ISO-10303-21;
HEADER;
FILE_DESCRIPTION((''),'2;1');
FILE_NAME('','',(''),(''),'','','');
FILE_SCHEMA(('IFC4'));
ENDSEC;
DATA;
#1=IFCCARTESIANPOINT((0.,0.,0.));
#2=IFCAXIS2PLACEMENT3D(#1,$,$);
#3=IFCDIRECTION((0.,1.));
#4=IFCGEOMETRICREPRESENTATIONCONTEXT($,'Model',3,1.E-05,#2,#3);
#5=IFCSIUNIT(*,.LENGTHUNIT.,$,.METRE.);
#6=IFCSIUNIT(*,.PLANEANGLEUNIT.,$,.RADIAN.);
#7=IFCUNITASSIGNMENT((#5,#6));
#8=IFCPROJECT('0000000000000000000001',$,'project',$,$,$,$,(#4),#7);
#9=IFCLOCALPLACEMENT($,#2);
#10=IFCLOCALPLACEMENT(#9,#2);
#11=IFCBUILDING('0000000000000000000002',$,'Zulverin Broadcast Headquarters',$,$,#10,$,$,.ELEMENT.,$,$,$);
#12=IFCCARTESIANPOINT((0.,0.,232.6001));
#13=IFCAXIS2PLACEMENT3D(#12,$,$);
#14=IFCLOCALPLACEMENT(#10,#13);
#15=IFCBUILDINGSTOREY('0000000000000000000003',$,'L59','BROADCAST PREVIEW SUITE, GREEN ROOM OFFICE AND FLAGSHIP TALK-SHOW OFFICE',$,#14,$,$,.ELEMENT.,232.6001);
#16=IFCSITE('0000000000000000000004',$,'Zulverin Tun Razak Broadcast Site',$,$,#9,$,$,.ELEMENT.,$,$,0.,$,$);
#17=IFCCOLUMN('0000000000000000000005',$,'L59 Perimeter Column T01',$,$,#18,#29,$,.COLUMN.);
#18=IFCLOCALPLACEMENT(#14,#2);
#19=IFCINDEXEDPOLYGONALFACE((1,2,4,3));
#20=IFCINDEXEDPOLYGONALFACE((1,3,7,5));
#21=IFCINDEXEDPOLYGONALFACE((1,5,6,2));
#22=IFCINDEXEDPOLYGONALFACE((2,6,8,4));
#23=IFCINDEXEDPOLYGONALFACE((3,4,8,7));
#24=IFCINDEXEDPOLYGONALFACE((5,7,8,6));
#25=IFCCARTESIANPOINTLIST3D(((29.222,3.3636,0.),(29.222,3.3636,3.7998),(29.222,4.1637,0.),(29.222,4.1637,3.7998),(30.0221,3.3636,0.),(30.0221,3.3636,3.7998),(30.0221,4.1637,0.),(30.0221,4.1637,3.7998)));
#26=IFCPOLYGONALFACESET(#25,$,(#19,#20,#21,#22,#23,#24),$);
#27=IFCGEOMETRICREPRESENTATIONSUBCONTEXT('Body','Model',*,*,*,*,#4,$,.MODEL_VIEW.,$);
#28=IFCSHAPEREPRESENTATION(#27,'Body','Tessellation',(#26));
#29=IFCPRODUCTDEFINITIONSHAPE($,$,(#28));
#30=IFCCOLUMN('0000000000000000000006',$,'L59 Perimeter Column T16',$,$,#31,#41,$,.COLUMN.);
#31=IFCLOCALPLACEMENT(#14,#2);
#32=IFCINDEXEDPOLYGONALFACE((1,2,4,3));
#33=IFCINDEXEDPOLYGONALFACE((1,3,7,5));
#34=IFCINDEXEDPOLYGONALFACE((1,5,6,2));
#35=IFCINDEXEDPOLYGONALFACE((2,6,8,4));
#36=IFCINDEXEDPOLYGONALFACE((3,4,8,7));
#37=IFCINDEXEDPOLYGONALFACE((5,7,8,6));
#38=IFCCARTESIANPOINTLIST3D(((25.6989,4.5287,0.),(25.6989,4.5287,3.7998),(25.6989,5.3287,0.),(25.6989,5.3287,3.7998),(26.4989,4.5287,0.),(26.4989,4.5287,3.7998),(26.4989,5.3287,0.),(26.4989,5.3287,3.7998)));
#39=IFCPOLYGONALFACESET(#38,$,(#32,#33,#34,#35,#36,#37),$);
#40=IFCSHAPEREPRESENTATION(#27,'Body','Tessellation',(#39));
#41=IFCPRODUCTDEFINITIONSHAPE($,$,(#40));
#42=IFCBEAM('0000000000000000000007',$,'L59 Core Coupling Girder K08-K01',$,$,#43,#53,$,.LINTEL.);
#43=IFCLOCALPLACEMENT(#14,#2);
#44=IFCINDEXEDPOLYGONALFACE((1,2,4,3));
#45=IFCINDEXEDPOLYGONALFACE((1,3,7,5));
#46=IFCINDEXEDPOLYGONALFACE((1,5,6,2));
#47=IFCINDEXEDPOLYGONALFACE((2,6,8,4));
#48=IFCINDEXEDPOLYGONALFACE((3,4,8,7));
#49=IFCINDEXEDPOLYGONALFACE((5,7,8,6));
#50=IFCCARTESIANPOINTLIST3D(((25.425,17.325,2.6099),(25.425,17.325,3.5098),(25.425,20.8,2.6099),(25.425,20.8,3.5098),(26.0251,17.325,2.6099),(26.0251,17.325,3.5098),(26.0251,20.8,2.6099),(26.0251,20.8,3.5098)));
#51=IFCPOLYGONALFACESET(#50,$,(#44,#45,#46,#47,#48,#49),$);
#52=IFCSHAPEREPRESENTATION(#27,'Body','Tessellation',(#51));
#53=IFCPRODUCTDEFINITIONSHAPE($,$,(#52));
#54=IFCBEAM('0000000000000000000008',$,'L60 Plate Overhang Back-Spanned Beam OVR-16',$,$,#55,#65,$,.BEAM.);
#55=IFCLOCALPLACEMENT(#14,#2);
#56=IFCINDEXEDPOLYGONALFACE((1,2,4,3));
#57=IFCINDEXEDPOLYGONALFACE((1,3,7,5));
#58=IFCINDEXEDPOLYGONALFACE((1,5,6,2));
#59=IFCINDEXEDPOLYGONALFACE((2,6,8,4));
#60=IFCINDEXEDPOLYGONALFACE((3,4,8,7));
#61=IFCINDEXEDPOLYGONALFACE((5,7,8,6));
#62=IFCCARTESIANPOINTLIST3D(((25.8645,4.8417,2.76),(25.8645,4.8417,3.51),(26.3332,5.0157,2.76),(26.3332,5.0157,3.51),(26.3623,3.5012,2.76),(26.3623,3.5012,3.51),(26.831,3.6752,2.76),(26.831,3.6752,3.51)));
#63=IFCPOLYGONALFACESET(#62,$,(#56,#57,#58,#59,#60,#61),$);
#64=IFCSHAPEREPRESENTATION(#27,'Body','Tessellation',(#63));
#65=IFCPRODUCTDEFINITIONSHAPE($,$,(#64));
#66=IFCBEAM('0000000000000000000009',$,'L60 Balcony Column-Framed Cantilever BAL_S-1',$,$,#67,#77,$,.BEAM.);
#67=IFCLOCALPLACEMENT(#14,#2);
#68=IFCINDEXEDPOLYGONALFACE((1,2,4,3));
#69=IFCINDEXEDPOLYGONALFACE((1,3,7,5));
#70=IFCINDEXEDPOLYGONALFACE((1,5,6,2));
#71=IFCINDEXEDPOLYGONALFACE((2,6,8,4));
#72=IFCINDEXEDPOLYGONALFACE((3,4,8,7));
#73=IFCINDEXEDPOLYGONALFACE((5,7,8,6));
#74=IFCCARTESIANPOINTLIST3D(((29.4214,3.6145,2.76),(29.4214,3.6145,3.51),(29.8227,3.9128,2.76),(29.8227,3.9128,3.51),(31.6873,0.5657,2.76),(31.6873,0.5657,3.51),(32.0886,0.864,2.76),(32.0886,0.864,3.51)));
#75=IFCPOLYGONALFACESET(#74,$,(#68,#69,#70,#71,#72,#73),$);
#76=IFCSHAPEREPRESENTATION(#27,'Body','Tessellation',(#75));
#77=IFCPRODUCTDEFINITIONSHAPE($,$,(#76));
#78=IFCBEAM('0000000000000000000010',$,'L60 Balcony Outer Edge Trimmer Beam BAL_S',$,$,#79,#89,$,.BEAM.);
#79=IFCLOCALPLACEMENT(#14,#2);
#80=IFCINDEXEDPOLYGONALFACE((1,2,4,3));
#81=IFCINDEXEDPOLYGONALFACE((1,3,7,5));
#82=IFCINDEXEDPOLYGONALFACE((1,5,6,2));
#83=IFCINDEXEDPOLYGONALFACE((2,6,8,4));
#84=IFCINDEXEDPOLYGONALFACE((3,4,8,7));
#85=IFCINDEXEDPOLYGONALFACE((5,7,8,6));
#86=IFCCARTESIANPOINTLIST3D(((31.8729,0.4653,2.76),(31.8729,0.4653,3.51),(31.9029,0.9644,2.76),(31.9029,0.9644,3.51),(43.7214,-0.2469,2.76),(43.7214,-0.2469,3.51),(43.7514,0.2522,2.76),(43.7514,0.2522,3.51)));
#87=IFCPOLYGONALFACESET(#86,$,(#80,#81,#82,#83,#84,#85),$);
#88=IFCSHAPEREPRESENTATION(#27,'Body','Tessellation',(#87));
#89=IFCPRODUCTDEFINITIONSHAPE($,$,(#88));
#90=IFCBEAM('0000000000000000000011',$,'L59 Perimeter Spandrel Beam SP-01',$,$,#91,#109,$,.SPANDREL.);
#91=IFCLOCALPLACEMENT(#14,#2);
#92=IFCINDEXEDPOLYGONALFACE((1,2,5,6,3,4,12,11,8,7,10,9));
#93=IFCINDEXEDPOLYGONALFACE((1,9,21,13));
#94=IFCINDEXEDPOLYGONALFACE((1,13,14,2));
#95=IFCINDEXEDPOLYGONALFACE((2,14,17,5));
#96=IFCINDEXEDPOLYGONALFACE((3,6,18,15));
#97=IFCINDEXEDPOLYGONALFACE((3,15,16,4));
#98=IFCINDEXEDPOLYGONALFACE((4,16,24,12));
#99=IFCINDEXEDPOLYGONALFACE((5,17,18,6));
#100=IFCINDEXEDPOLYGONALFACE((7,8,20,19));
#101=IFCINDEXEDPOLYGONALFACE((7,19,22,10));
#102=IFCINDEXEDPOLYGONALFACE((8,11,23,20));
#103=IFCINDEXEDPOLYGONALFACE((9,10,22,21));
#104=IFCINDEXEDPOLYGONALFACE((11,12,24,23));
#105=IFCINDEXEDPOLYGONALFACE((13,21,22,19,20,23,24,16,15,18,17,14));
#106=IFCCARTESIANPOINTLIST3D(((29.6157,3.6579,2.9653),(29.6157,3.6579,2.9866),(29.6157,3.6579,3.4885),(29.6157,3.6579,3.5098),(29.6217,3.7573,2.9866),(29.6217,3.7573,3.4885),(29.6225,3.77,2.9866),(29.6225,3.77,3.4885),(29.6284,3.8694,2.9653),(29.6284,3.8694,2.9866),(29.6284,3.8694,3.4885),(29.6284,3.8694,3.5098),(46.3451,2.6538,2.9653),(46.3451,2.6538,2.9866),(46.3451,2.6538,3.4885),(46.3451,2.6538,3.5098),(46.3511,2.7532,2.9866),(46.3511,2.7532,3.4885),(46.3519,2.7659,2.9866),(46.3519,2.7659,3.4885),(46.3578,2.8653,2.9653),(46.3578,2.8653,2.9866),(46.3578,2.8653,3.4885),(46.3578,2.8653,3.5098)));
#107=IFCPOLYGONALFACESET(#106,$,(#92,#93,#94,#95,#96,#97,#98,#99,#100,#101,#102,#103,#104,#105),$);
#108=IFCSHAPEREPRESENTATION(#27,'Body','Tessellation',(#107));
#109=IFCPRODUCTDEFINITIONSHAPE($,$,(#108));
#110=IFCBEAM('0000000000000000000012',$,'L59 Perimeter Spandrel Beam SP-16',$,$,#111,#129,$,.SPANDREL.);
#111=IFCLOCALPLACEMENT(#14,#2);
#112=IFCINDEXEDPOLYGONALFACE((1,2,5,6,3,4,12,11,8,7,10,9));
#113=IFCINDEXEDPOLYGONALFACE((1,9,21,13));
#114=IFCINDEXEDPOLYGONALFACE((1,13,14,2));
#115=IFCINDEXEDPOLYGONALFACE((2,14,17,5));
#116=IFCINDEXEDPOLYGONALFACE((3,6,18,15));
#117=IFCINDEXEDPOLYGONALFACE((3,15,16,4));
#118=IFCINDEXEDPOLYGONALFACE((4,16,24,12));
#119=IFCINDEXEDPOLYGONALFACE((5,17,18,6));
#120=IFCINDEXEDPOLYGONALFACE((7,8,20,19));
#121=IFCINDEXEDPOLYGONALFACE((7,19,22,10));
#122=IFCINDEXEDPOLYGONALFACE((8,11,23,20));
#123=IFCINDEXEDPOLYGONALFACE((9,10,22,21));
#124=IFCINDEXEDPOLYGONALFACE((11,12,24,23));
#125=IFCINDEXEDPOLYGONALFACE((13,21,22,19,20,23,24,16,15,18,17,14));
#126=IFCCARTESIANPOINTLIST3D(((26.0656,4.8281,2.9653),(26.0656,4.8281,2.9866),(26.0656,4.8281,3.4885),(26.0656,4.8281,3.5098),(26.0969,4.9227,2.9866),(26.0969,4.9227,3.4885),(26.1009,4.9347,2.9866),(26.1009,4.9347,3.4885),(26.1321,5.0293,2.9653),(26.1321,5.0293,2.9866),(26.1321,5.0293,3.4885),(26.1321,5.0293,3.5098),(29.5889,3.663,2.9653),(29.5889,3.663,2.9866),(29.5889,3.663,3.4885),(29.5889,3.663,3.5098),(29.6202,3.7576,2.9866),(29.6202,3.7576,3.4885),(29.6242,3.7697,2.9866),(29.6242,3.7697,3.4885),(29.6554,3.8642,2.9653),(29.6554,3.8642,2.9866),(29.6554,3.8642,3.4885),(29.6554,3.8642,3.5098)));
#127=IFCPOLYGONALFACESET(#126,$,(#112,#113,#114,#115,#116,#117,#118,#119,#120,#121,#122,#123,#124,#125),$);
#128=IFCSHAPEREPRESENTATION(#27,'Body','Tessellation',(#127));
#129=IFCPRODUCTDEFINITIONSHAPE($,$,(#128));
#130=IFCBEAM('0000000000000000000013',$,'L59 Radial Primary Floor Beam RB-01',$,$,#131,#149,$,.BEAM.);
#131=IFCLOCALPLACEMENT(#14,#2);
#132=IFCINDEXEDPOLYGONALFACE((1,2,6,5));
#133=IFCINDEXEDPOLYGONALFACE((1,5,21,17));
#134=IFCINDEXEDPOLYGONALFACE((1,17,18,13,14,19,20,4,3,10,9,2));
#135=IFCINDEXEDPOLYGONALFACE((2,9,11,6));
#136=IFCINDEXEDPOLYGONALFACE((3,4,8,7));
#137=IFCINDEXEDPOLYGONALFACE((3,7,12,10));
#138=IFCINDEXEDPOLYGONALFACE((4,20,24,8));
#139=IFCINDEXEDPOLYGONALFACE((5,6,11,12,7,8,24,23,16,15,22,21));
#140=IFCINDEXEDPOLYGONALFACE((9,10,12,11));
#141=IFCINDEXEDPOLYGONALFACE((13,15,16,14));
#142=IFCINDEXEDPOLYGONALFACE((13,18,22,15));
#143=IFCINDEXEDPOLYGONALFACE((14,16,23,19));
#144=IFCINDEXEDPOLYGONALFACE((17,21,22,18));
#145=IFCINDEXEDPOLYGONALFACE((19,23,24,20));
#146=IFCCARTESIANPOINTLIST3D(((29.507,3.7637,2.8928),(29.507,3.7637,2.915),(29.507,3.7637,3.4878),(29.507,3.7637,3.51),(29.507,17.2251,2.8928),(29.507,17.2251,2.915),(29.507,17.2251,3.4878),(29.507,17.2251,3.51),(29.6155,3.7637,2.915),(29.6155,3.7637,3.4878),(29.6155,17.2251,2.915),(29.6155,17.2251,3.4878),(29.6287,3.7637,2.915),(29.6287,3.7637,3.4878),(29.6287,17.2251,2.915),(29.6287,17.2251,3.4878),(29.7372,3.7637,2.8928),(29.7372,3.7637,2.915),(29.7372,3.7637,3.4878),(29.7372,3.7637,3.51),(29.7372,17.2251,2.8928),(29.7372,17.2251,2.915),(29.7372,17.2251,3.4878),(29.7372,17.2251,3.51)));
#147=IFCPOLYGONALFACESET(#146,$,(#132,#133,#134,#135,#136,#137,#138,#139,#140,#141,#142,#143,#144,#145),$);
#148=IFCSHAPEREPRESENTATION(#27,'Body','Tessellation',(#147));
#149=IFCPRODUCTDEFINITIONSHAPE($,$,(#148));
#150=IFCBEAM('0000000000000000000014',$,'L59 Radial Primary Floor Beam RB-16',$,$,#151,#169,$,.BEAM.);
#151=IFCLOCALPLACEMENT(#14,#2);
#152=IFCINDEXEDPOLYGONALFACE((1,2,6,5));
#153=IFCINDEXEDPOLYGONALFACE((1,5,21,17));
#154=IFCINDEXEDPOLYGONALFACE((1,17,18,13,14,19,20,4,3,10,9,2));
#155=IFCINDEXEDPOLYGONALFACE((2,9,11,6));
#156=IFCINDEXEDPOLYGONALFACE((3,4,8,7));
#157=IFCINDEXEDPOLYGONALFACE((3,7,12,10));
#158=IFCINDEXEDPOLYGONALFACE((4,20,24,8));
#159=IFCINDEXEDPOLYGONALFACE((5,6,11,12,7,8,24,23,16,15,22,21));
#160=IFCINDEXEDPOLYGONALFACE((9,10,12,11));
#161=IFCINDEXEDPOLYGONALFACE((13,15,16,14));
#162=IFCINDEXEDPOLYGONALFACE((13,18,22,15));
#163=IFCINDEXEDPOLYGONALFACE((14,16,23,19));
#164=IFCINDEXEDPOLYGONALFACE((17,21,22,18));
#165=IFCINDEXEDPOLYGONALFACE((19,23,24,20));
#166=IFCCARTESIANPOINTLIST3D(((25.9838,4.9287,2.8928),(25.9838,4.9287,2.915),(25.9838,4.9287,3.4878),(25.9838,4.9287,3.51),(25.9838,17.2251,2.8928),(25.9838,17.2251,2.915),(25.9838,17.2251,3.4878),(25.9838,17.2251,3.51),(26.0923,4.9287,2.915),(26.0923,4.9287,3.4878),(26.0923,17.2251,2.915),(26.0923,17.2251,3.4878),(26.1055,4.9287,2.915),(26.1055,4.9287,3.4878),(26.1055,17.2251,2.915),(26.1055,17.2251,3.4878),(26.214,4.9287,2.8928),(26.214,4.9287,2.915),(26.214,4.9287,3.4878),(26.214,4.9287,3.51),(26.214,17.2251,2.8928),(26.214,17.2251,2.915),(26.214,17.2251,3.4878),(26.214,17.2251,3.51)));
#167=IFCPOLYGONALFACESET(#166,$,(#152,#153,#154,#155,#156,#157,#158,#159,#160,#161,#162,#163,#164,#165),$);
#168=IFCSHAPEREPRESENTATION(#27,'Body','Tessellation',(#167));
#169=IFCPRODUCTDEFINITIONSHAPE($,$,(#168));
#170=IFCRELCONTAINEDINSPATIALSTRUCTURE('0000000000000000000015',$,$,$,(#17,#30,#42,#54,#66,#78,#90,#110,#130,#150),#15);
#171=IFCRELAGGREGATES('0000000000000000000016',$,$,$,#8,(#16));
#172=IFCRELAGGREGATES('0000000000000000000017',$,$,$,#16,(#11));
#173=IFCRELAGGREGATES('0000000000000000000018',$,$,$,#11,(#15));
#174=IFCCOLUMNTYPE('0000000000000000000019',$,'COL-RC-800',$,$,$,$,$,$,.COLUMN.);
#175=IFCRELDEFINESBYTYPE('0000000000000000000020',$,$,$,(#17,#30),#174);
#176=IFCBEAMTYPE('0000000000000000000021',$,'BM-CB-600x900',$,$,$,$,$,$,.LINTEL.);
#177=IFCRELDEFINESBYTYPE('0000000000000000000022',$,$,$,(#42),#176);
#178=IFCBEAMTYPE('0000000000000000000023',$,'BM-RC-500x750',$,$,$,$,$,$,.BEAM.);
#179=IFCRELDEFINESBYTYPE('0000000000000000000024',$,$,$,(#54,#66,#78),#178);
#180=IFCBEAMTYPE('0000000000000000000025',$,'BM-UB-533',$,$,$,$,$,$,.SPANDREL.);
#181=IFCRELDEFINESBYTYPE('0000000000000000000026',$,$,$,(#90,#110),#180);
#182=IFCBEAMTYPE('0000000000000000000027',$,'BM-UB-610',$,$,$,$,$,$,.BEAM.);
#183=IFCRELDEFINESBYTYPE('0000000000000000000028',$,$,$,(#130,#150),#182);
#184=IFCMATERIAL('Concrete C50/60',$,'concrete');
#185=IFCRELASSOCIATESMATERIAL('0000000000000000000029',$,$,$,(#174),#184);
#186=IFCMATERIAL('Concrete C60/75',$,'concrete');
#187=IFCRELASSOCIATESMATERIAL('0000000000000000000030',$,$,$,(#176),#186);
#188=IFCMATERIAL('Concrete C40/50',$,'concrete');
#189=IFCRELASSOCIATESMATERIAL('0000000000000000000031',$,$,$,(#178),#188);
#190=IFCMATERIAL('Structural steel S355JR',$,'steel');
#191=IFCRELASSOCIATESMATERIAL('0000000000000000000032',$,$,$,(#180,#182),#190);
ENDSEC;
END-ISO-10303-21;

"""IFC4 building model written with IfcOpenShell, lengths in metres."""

from ifc_helpers import new_model, si_unit, direction, frame, origin, origin_2d, place, context, subcontext, project, spatial, rectangle, i_section, extrude, material, material_profile, profile_set, type_object, element, save


model = new_model("IFC4")

# Units and contexts
model_context = context("Model", 3, precision=1e-05, world=origin(), true_north=direction((0.0, 1.0)))
body_context = subcontext(model_context, "Body", "Model", "MODEL_VIEW")
ifc_project = project(units=[si_unit("LENGTHUNIT", "METRE"), si_unit("PLANEANGLEUNIT", "RADIAN")], contexts=[model_context])

# Site, building, storey
site_placement = place(None, origin())
site = spatial("IfcSite", under=ifc_project, at=site_placement, Name="Zulverin Tun Razak Broadcast Site", CompositionType="ELEMENT", RefElevation=0.0)
building_placement = place(site_placement, origin())
building = spatial("IfcBuilding", under=site, at=building_placement, Name="Zulverin Broadcast Headquarters", CompositionType="ELEMENT")
storey_placement = place(building_placement, frame((0.0, 0.0, 232.6001)))
storey = spatial("IfcBuildingStorey", under=building, at=storey_placement, Name="L59", Description="BROADCAST PREVIEW SUITE, GREEN ROOM OFFICE AND FLAGSHIP TALK-SHOW OFFICE", CompositionType="ELEMENT", Elevation=232.6001)

# Columns
ifc_material_1 = material(Name="Concrete C50/60", Category="concrete")
ifc_material_profile_1 = material_profile(ifc_material_1, rectangle(XDim=0.8, YDim=0.8, at=origin_2d()), Name="Concrete C50/60", Category="concrete")
ifc_profile_set_1 = profile_set([ifc_material_profile_1], Name="Concrete C50/60")
column_type = type_object("IfcColumnType", Name="COL-RC-800", PredefinedType="COLUMN", material=ifc_profile_set_1)
for number, where, z_axis, x_axis, name in (
    (1, (29.6221, 3.7637, 0.0), (0.0, 0.0, 1.0), (1.0, 0.0, 0.0), "L59 Perimeter Column T01"),
    (2, (26.0989, 4.9287, 0.0), (0.0, 0.0, 1.0), (1.0, 0.0, 0.0), "L59 Perimeter Column T16"),
):
    element("IfcColumn", number, at=place(storey_placement, frame(where, z_axis=z_axis, x_axis=x_axis)), inside=storey, type_object=column_type, Name=name, PredefinedType="COLUMN", context=body_context, shape_type="SweptSolid", body=[
        extrude(rectangle(XDim=0.8, YDim=0.8, at=origin_2d()), origin(), (0.0, 0.0, 1.0), 3.7998),
    ])

# Beams
ifc_material_2 = material(Name="Concrete C60/75", Category="concrete")
ifc_material_profile_2 = material_profile(ifc_material_2, rectangle(XDim=0.6001, YDim=0.8999, at=origin_2d()), Name="Concrete C60/75", Category="concrete")
ifc_profile_set_2 = profile_set([ifc_material_profile_2], Name="Concrete C60/75")
beam_type_1 = type_object("IfcBeamType", Name="BM-CB-600x900", PredefinedType="LINTEL", material=ifc_profile_set_2)
beam_1_placement = place(storey_placement, frame((25.7251, 20.8, 3.0598), z_axis=(0.0, -1.0, 0.0), x_axis=(1.0, 0.0, 0.0)))
element("IfcBeam", 3, at=beam_1_placement, inside=storey, type_object=beam_type_1, Name="L59 Core Coupling Girder K08-K01", PredefinedType="LINTEL", context=body_context, shape_type="SweptSolid", body=[
    extrude(rectangle(XDim=0.6001, YDim=0.8999, at=origin_2d()), origin(), (0.0, 0.0, 1.0), 3.4751),
])
ifc_material_3 = material(Name="Concrete C40/50", Category="concrete")
ifc_material_profile_3 = material_profile(ifc_material_3, rectangle(XDim=0.5, YDim=0.75, at=origin_2d()), Name="Concrete C40/50", Category="concrete")
ifc_profile_set_3 = profile_set([ifc_material_profile_3], Name="Concrete C40/50")
beam_type_2 = type_object("IfcBeamType", Name="BM-RC-500x750", PredefinedType="BEAM", material=ifc_profile_set_3)
beam_2_placement = place(storey_placement, frame((26.0989, 4.9287, 3.135), z_axis=(0.348109, -0.937454, 0.0), x_axis=(0.937454, 0.348109, 0.0)))
element("IfcBeam", 4, at=beam_2_placement, inside=storey, type_object=beam_type_2, Name="L60 Plate Overhang Back-Spanned Beam OVR-16", PredefinedType="BEAM", context=body_context, shape_type="SweptSolid", body=[
    extrude(rectangle(XDim=0.5, YDim=0.75, at=origin_2d()), origin(), (0.0, 0.0, 1.0), 1.4299),
])
beam_3_placement = place(storey_placement, frame((29.6221, 3.7637, 3.135), z_axis=(0.596498, -0.802615, 0.0), x_axis=(0.802615, 0.596498, 0.0)))
element("IfcBeam", 5, at=beam_3_placement, inside=storey, type_object=beam_type_2, Name="L60 Balcony Column-Framed Cantilever BAL_S-1", PredefinedType="BEAM", context=body_context, shape_type="SweptSolid", body=[
    extrude(rectangle(XDim=0.5, YDim=0.75, at=origin_2d()), origin(), (0.0, 0.0, 1.0), 3.7986),
])
beam_4_placement = place(storey_placement, frame((31.8879, 0.7148, 3.135), z_axis=(0.998199, -0.059998, 0.0), x_axis=(0.059998, 0.998199, 0.0)))
element("IfcBeam", 6, at=beam_4_placement, inside=storey, type_object=beam_type_2, Name="L60 Balcony Outer Edge Trimmer Beam BAL_S", PredefinedType="BEAM", context=body_context, shape_type="SweptSolid", body=[
    extrude(rectangle(XDim=0.5, YDim=0.75, at=origin_2d()), origin(), (0.0, 0.0, 1.0), 11.8699),
])
ifc_material_4 = material(Name="Structural steel S355JR", Category="steel")
ifc_material_profile_4 = material_profile(ifc_material_4, i_section(OverallWidth=0.2119, OverallDepth=0.5444, WebThickness=0.0127, FlangeThickness=0.0212, at=origin_2d()), Name="Structural steel S355JR", Category="steel")
ifc_profile_set_4 = profile_set([ifc_material_profile_4], Name="Structural steel S355JR")
beam_type_3 = type_object("IfcBeamType", Name="BM-UB-533", PredefinedType="SPANDREL", material=ifc_profile_set_4)
beam_5_placement = place(storey_placement, frame((29.6221, 3.7637, 3.2375), z_axis=(0.998203, -0.059915, 0.0), x_axis=(0.059915, 0.998203, 0.0)))
element("IfcBeam", 7, at=beam_5_placement, inside=storey, type_object=beam_type_3, Name="L59 Perimeter Spandrel Beam SP-01", PredefinedType="SPANDREL", context=body_context, shape_type="SweptSolid", body=[
    extrude(i_section(OverallWidth=0.2119, OverallDepth=0.5444, WebThickness=0.0127, FlangeThickness=0.0212, at=origin_2d()), origin(), (0.0, 0.0, 1.0), 16.7595),
])
beam_6_placement = place(storey_placement, frame((26.0989, 4.9287, 3.2375), z_axis=(0.949437, -0.313957, 0.0), x_axis=(0.313957, 0.949437, 0.0)))
element("IfcBeam", 8, at=beam_6_placement, inside=storey, type_object=beam_type_3, Name="L59 Perimeter Spandrel Beam SP-16", PredefinedType="SPANDREL", context=body_context, shape_type="SweptSolid", body=[
    extrude(i_section(OverallWidth=0.2119, OverallDepth=0.5444, WebThickness=0.0127, FlangeThickness=0.0212, at=origin_2d()), origin(), (0.0, 0.0, 1.0), 3.7109),
])
ifc_material_profile_5 = material_profile(ifc_material_4, i_section(OverallWidth=0.2302, OverallDepth=0.6172, WebThickness=0.0132, FlangeThickness=0.0222, at=origin_2d()), Name="Structural steel S355JR", Category="steel")
ifc_profile_set_5 = profile_set([ifc_material_profile_5], Name="Structural steel S355JR")
beam_type_4 = type_object("IfcBeamType", Name="BM-UB-610", PredefinedType="BEAM", material=ifc_profile_set_5)
beam_7_placement = place(storey_placement, frame((29.6221, 17.2251, 3.2014), z_axis=(0.0, -1.0, 0.0), x_axis=(1.0, 0.0, 0.0)))
element("IfcBeam", 9, at=beam_7_placement, inside=storey, type_object=beam_type_4, Name="L59 Radial Primary Floor Beam RB-01", PredefinedType="BEAM", context=body_context, shape_type="SweptSolid", body=[
    extrude(i_section(OverallWidth=0.2302, OverallDepth=0.6172, WebThickness=0.0132, FlangeThickness=0.0222, at=origin_2d()), origin(), (0.0, 0.0, 1.0), 13.4614),
])
beam_8_placement = place(storey_placement, frame((26.0989, 17.2251, 3.2014), z_axis=(0.0, -1.0, 0.0), x_axis=(1.0, 0.0, 0.0)))
element("IfcBeam", 10, at=beam_8_placement, inside=storey, type_object=beam_type_4, Name="L59 Radial Primary Floor Beam RB-16", PredefinedType="BEAM", context=body_context, shape_type="SweptSolid", body=[
    extrude(i_section(OverallWidth=0.2302, OverallDepth=0.6172, WebThickness=0.0132, FlangeThickness=0.0222, at=origin_2d()), origin(), (0.0, 0.0, 1.0), 12.2964),
])

save(model, "model.ifc")
